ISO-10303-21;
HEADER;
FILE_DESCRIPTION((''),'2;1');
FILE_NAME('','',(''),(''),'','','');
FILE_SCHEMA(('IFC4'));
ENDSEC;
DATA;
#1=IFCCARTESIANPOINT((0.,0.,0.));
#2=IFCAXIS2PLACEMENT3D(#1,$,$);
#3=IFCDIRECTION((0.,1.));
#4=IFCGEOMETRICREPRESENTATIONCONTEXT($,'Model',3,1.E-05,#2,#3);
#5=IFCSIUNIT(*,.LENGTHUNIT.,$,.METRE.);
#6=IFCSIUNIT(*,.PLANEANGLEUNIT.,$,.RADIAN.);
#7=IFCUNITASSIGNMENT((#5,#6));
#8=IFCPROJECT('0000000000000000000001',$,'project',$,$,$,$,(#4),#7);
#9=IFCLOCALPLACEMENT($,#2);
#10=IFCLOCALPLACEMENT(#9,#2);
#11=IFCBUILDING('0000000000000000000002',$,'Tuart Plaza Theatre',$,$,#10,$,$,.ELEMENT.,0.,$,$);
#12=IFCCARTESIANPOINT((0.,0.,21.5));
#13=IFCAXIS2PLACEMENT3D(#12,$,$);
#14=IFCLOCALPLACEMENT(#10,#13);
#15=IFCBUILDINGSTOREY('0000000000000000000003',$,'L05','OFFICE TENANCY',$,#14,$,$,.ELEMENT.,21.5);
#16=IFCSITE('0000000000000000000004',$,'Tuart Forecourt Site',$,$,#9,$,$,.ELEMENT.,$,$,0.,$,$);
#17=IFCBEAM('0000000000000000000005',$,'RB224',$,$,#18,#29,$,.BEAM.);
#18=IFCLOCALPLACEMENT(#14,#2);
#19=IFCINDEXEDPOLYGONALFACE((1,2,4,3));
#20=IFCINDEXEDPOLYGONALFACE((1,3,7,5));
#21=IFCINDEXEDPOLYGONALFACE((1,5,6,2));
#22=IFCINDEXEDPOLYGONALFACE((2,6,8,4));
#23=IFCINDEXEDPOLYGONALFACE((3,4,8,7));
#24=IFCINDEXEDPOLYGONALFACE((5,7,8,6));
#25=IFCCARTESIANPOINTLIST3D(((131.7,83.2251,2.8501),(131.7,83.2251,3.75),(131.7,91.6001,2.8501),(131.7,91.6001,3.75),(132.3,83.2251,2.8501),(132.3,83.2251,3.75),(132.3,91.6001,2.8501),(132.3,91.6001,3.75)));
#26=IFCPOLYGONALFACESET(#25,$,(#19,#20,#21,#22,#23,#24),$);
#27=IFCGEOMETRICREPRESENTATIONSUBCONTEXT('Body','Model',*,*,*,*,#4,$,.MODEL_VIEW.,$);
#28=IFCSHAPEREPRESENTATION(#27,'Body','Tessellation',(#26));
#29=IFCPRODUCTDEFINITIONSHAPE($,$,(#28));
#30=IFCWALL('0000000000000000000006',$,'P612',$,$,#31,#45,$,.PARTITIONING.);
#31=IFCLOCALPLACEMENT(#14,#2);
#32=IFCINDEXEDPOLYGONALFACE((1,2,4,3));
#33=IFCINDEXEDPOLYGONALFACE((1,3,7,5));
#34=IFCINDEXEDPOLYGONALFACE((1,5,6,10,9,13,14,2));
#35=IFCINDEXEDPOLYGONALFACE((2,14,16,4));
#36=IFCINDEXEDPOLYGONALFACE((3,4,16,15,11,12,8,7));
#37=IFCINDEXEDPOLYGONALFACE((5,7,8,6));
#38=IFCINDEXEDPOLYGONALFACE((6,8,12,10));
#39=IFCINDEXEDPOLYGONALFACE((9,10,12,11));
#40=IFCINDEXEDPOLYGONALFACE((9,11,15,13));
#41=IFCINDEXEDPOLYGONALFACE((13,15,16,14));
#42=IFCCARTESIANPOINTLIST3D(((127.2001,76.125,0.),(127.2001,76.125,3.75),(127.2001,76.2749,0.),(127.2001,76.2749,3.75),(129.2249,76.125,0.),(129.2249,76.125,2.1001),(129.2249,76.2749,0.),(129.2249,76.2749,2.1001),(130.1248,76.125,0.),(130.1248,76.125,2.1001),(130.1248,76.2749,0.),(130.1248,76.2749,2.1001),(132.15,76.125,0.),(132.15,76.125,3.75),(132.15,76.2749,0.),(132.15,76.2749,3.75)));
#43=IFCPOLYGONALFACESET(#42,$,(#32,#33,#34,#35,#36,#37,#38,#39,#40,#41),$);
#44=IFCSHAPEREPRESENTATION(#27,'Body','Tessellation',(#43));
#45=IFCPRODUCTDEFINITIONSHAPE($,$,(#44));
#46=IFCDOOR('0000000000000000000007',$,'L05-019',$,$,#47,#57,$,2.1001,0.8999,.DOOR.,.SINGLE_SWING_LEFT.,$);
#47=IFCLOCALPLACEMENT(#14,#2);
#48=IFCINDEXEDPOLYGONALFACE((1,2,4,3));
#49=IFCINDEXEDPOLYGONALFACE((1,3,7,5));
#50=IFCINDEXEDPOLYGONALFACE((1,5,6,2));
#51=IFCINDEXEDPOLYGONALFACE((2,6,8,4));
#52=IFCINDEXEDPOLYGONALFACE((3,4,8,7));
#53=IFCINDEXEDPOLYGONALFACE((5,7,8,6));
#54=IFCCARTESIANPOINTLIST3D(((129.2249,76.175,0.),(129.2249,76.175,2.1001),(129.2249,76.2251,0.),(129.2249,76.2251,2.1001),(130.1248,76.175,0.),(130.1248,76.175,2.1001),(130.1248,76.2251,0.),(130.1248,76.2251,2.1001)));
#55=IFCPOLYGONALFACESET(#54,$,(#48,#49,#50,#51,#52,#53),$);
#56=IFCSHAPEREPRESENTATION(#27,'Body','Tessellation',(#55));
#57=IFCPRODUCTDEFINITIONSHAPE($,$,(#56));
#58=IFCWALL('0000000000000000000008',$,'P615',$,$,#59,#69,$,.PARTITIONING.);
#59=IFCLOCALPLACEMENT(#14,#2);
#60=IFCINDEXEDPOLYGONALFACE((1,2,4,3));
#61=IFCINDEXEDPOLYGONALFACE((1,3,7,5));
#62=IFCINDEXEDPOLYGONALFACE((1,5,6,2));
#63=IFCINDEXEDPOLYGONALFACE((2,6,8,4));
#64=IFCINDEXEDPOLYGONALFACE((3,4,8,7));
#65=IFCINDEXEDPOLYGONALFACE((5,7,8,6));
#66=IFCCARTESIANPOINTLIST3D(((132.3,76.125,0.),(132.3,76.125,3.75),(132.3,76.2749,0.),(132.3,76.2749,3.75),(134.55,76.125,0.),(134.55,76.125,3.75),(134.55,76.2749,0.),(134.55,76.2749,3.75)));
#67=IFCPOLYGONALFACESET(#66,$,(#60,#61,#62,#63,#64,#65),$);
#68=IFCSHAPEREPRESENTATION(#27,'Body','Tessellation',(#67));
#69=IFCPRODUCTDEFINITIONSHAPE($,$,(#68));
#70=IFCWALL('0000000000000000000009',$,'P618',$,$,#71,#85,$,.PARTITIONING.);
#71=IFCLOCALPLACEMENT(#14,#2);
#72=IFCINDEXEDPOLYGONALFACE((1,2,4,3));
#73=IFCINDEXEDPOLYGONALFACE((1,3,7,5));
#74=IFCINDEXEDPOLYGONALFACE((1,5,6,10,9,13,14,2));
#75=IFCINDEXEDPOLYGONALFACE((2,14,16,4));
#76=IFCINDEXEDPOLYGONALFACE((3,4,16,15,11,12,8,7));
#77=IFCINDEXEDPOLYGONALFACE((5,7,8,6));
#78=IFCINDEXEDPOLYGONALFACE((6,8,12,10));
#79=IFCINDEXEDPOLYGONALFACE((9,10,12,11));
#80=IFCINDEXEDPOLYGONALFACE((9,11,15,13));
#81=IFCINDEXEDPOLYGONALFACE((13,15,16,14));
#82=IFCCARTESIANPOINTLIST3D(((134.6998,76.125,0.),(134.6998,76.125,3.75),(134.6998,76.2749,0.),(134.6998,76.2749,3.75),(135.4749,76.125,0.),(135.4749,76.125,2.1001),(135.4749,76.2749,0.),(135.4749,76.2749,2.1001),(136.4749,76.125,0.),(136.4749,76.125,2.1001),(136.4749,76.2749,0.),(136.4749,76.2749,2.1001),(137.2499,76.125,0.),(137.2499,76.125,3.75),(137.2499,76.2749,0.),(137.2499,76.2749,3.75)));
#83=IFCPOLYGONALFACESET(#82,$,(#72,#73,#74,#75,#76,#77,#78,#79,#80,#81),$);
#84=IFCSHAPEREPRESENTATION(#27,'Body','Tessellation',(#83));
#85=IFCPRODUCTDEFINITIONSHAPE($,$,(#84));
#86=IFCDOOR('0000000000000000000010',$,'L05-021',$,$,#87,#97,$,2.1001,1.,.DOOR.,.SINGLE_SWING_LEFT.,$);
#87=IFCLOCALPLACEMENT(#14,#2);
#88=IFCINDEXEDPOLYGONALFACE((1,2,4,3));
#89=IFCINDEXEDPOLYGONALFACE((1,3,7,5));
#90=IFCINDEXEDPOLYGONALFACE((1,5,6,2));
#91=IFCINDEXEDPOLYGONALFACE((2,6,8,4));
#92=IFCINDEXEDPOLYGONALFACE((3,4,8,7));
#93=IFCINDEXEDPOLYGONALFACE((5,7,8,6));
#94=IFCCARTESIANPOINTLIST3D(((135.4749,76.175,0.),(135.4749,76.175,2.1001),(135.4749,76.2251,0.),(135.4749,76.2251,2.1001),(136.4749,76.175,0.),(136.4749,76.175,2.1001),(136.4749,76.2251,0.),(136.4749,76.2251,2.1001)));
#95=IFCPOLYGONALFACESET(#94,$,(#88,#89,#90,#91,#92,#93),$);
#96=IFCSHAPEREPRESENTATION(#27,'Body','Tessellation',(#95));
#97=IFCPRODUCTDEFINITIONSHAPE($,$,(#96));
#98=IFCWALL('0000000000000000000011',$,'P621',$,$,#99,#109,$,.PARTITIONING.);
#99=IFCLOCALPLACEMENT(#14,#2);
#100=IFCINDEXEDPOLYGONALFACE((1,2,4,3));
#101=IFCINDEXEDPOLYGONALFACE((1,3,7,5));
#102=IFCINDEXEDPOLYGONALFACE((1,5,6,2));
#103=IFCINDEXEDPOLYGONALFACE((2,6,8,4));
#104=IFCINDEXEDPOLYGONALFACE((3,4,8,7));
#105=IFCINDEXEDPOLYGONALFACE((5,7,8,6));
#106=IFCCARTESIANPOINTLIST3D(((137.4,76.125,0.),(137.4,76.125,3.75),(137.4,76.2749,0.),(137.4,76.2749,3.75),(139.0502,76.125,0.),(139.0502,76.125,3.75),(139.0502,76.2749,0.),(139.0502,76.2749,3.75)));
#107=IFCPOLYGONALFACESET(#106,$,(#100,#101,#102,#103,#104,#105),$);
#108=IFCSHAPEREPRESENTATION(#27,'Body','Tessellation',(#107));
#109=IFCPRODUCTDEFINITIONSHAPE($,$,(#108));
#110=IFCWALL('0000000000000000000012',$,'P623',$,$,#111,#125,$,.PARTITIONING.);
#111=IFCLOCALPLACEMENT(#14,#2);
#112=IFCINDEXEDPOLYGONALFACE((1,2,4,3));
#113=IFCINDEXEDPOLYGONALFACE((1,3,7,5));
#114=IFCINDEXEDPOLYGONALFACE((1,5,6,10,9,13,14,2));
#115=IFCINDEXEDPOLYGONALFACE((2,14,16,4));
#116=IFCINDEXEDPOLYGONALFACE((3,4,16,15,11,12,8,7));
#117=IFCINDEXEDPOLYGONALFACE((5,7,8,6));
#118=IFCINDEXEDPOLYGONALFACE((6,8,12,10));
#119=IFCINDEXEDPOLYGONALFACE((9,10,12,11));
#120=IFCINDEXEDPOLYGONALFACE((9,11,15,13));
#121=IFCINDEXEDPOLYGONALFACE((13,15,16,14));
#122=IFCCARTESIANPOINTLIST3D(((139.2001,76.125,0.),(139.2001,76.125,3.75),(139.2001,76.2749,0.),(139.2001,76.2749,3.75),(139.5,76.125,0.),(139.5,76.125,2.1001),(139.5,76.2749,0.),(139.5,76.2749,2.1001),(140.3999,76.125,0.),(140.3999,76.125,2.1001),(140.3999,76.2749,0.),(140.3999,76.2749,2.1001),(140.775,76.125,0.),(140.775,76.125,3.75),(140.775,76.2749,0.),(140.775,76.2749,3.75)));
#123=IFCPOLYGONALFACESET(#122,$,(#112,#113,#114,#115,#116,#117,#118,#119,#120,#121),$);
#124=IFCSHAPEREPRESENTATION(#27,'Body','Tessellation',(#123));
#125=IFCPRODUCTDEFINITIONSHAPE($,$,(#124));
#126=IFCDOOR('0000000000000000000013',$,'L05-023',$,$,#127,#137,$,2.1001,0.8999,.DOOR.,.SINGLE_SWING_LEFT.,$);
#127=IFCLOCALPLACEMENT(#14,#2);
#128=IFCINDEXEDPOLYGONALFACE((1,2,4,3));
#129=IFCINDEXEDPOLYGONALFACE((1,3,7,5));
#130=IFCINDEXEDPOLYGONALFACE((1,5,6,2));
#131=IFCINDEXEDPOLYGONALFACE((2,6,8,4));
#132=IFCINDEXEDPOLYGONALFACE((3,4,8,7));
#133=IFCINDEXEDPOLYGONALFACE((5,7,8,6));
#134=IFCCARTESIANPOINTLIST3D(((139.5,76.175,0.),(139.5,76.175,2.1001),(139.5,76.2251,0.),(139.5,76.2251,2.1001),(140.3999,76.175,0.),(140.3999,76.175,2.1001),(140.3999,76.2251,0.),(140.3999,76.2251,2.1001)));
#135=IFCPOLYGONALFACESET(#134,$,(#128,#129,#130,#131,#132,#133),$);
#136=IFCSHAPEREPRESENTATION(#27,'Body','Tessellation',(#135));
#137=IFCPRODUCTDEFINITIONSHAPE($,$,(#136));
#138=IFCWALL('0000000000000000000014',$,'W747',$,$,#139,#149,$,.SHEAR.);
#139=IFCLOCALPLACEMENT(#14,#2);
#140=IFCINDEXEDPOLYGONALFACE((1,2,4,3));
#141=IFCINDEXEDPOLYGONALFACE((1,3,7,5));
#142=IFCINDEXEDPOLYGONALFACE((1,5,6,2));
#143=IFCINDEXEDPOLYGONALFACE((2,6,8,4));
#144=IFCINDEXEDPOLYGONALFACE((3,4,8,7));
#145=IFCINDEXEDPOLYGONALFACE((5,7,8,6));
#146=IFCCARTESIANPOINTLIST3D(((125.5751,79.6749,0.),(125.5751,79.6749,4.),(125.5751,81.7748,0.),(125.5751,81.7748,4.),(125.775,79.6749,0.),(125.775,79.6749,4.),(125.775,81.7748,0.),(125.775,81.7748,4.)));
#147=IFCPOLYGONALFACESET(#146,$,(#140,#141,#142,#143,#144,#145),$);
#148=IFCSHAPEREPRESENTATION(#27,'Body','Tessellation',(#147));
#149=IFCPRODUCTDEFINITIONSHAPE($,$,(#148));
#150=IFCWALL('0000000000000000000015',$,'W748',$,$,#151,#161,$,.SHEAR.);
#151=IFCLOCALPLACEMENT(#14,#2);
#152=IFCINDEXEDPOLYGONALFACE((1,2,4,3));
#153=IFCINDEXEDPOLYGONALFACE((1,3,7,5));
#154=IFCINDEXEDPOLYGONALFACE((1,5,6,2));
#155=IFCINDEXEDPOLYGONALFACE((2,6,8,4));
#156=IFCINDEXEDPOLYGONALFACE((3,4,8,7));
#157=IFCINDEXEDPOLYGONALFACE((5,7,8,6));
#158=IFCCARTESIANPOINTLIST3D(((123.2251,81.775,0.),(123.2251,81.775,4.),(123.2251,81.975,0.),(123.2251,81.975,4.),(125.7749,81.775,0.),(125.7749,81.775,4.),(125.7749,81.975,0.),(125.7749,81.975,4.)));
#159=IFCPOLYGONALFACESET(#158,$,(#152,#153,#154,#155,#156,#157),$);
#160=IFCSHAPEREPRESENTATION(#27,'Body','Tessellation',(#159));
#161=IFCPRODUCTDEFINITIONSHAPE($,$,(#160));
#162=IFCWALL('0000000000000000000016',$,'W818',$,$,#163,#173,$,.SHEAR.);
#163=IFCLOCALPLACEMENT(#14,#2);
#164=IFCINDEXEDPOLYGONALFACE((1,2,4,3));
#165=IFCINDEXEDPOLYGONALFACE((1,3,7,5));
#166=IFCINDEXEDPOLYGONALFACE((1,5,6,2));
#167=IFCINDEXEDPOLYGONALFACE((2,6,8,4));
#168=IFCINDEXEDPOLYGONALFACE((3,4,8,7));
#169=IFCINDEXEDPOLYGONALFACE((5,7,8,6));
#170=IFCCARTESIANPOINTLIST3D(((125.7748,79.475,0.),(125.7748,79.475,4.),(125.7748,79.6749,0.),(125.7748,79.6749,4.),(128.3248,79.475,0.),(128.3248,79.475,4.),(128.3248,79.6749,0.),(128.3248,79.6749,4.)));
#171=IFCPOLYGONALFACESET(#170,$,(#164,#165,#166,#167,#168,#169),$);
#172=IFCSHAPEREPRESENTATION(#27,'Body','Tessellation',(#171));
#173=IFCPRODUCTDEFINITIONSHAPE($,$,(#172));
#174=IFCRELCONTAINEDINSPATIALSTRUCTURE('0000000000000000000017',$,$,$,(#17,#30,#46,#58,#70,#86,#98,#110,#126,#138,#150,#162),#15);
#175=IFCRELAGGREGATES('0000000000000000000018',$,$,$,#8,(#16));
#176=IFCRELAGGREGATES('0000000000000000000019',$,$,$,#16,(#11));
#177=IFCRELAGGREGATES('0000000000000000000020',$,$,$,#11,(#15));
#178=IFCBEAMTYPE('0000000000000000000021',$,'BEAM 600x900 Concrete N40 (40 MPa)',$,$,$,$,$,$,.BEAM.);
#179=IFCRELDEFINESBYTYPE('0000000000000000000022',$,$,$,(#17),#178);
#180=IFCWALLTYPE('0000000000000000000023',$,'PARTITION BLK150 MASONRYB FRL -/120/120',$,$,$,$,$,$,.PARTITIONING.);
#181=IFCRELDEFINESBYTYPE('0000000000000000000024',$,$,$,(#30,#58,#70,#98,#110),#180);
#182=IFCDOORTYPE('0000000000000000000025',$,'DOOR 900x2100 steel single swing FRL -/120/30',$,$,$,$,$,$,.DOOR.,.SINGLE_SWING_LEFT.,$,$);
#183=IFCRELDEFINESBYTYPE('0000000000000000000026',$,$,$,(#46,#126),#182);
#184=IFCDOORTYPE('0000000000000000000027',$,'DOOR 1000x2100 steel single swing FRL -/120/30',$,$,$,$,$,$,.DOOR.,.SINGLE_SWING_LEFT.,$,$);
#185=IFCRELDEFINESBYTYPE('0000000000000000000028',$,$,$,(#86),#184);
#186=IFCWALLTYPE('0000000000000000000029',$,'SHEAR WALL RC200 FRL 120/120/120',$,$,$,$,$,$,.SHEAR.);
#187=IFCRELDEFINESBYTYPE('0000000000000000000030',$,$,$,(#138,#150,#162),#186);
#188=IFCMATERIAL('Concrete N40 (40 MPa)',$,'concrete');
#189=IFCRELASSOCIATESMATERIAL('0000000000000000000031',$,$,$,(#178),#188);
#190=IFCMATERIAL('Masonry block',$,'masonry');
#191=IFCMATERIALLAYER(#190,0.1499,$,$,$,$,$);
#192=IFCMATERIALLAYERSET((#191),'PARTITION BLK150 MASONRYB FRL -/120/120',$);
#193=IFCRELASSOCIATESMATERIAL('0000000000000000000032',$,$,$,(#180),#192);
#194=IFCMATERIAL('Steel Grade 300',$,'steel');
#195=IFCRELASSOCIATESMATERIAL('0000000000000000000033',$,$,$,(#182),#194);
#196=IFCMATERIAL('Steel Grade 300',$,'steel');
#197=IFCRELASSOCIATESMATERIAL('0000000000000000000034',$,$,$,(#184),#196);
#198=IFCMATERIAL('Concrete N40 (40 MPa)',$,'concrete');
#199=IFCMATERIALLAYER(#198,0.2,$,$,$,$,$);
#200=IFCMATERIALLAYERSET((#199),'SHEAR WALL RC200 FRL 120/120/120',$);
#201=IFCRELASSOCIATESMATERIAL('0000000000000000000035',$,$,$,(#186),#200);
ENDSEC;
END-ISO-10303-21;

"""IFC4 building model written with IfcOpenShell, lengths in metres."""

from ifc_helpers import new_model, si_unit, direction, frame, frame_2d, origin, origin_2d, place, context, subcontext, project, spatial, rectangle, extrude, material, layer, layer_set, material_profile, profile_set, type_object, element, fill, save


model = new_model("IFC4")

# Units and contexts
model_context = context("Model", 3, precision=1e-05, world=origin(), true_north=direction((0.0, 1.0)))
body_context = subcontext(model_context, "Body", "Model", "MODEL_VIEW")
ifc_project = project(units=[si_unit("LENGTHUNIT", "METRE"), si_unit("PLANEANGLEUNIT", "RADIAN")], contexts=[model_context])

# Site, building, storey
site_placement = place(None, origin())
site = spatial("IfcSite", under=ifc_project, at=site_placement, Name="Tuart Forecourt Site", CompositionType="ELEMENT", RefElevation=0.0)
building_placement = place(site_placement, origin())
building = spatial("IfcBuilding", under=site, at=building_placement, Name="Tuart Plaza Theatre", CompositionType="ELEMENT", ElevationOfRefHeight=0.0)
storey_placement = place(building_placement, frame((0.0, 0.0, 21.5)))
storey = spatial("IfcBuildingStorey", under=building, at=storey_placement, Name="L05", Description="OFFICE TENANCY", CompositionType="ELEMENT", Elevation=21.5)

# Beam
ifc_material_1 = material(Name="Concrete N40 (40 MPa)", Category="concrete")
ifc_material_profile = material_profile(ifc_material_1, rectangle(XDim=0.6001, YDim=0.8999, at=origin_2d()), Name="BEAM 600x900 Concrete N40 (40 MPa)")
ifc_profile_set = profile_set([ifc_material_profile], Name="Concrete N40 (40 MPa)")
beam_type = type_object("IfcBeamType", Name="BEAM 600x900 Concrete N40 (40 MPa)", PredefinedType="BEAM", material=ifc_profile_set)
beam_placement = place(storey_placement, frame((132.0, 83.2251, 3.3), z_axis=(0.0, 1.0, 0.0), x_axis=(-1.0, 0.0, 0.0)))
element("IfcBeam", 1, at=beam_placement, inside=storey, type_object=beam_type, Name="RB224", PredefinedType="BEAM", context=body_context, shape_type="SweptSolid", body=[
    extrude(rectangle(XDim=0.6001, YDim=0.8999, at=origin_2d()), origin(), (0.0, 0.0, 1.0), 8.375),
])

# Wall, opening, door
ifc_material_2 = material(Name="Masonry block", Category="masonry")
ifc_layer_1 = layer(ifc_material_2, 0.1499)
ifc_layer_set_1 = layer_set([ifc_layer_1], Name="PARTITION BLK150 MASONRYB FRL -/120/120")
wall_type_1 = type_object("IfcWallType", Name="PARTITION BLK150 MASONRYB FRL -/120/120", PredefinedType="PARTITIONING", material=ifc_layer_set_1)
wall_1_placement = place(storey_placement, frame((127.2, 76.2, 0.0), z_axis=(0.0, 0.0, 1.0), x_axis=(1.0, 0.0, 0.0)))
wall_1 = element("IfcWall", 2, at=wall_1_placement, inside=storey, type_object=wall_type_1, Name="P612", PredefinedType="PARTITIONING", context=body_context, shape_type="SweptSolid", body=[
    extrude(rectangle(XDim=4.95, YDim=0.1499, at=frame_2d((2.4751, 0.0))), origin(), (0.0, 0.0, 1.0), 3.75),
])
opening_1_placement = place(wall_1_placement, frame((2.0249, 0.0, 0.0)))
opening_1 = element("IfcOpeningElement", 3, at=opening_1_placement, cuts=wall_1, PredefinedType="OPENING", context=body_context, shape_type="SweptSolid", body=[
    extrude(rectangle(XDim=0.8999, YDim=2.1001, at=frame_2d((0.45, 1.05))), frame((0.0, 0.085, 0.0), z_axis=(0.0, -1.0, 0.0), x_axis=(1.0, 0.0, 0.0)), (0.0, 0.0, 1.0), 0.1699),
])
ifc_material_3 = material(Name="Steel Grade 300", Category="steel")
door_type_1 = type_object("IfcDoorType", Name="DOOR 900x2100 steel single swing FRL -/120/30", OperationType="SINGLE_SWING_LEFT", PredefinedType="DOOR", material=ifc_material_3)
door_1_placement = place(opening_1_placement, frame((0.8999, 0.0, 0.0), z_axis=(0.0, 0.0, 1.0), x_axis=(-1.0, 0.0, 0.0)))
door_1 = element("IfcDoor", 4, at=door_1_placement, inside=storey, type_object=door_type_1, Name="L05-019", OperationType="SINGLE_SWING_LEFT", OverallHeight=2.1001, OverallWidth=0.8999, PredefinedType="DOOR", context=body_context, shape_type="SweptSolid", body=[
    extrude(rectangle(XDim=0.8999, YDim=2.1001, at=frame_2d((0.45, 1.05))), frame((0.0, 0.0249, 0.0), z_axis=(0.0, -1.0, 0.0), x_axis=(1.0, 0.0, 0.0)), (0.0, 0.0, 1.0), 0.05),
])
fill(opening_1, door_1)

# Wall
wall_2_placement = place(storey_placement, frame((132.3, 76.2, 0.0), z_axis=(0.0, 0.0, 1.0), x_axis=(1.0, 0.0, 0.0)))
element("IfcWall", 5, at=wall_2_placement, inside=storey, type_object=wall_type_1, Name="P615", PredefinedType="PARTITIONING", context=body_context, shape_type="SweptSolid", body=[
    extrude(rectangle(XDim=2.25, YDim=0.1499, at=frame_2d((1.125, 0.0))), origin(), (0.0, 0.0, 1.0), 3.75),
])

# Wall, opening, door
wall_3_placement = place(storey_placement, frame((134.7, 76.2, 0.0), z_axis=(0.0, 0.0, 1.0), x_axis=(1.0, 0.0, 0.0)))
wall_3 = element("IfcWall", 6, at=wall_3_placement, inside=storey, type_object=wall_type_1, Name="P618", PredefinedType="PARTITIONING", context=body_context, shape_type="SweptSolid", body=[
    extrude(rectangle(XDim=2.55, YDim=0.1499, at=frame_2d((1.2749, 0.0))), origin(), (0.0, 0.0, 1.0), 3.75),
])
opening_2_placement = place(wall_3_placement, frame((0.7749, 0.0, 0.0)))
opening_2 = element("IfcOpeningElement", 7, at=opening_2_placement, cuts=wall_3, PredefinedType="OPENING", context=body_context, shape_type="SweptSolid", body=[
    extrude(rectangle(XDim=1.0, YDim=2.1001, at=frame_2d((0.5, 1.05))), frame((0.0, 0.085, 0.0), z_axis=(0.0, -1.0, 0.0), x_axis=(1.0, 0.0, 0.0)), (0.0, 0.0, 1.0), 0.1699),
])
ifc_material_4 = material(Name="Steel Grade 300", Category="steel")
door_type_2 = type_object("IfcDoorType", Name="DOOR 1000x2100 steel single swing FRL -/120/30", OperationType="SINGLE_SWING_LEFT", PredefinedType="DOOR", material=ifc_material_4)
door_2_placement = place(opening_2_placement, frame((1.0, 0.0, 0.0), z_axis=(0.0, 0.0, 1.0), x_axis=(-1.0, 0.0, 0.0)))
door_2 = element("IfcDoor", 8, at=door_2_placement, inside=storey, type_object=door_type_2, Name="L05-021", OperationType="SINGLE_SWING_LEFT", OverallHeight=2.1001, OverallWidth=1.0, PredefinedType="DOOR", context=body_context, shape_type="SweptSolid", body=[
    extrude(rectangle(XDim=1.0, YDim=2.1001, at=frame_2d((0.5, 1.05))), frame((0.0, 0.0249, 0.0), z_axis=(0.0, -1.0, 0.0), x_axis=(1.0, 0.0, 0.0)), (0.0, 0.0, 1.0), 0.05),
])
fill(opening_2, door_2)

# Wall
wall_4_placement = place(storey_placement, frame((137.3999, 76.2, 0.0), z_axis=(0.0, 0.0, 1.0), x_axis=(1.0, 0.0, 0.0)))
element("IfcWall", 9, at=wall_4_placement, inside=storey, type_object=wall_type_1, Name="P621", PredefinedType="PARTITIONING", context=body_context, shape_type="SweptSolid", body=[
    extrude(rectangle(XDim=1.6501, YDim=0.1499, at=frame_2d((0.8252, 0.0))), origin(), (0.0, 0.0, 1.0), 3.75),
])

# Wall, opening, door
wall_5_placement = place(storey_placement, frame((139.2, 76.2, 0.0), z_axis=(0.0, 0.0, 1.0), x_axis=(1.0, 0.0, 0.0)))
wall_5 = element("IfcWall", 10, at=wall_5_placement, inside=storey, type_object=wall_type_1, Name="P623", PredefinedType="PARTITIONING", context=body_context, shape_type="SweptSolid", body=[
    extrude(rectangle(XDim=1.575, YDim=0.1499, at=frame_2d((0.7876, 0.0))), origin(), (0.0, 0.0, 1.0), 3.75),
])
opening_3_placement = place(wall_5_placement, frame((0.3, 0.0, 0.0)))
opening_3 = element("IfcOpeningElement", 11, at=opening_3_placement, cuts=wall_5, PredefinedType="OPENING", context=body_context, shape_type="SweptSolid", body=[
    extrude(rectangle(XDim=0.8999, YDim=2.1001, at=frame_2d((0.45, 1.05))), frame((0.0, 0.085, 0.0), z_axis=(0.0, -1.0, 0.0), x_axis=(1.0, 0.0, 0.0)), (0.0, 0.0, 1.0), 0.1699),
])
door_3_placement = place(opening_3_placement, frame((0.8999, 0.0, 0.0), z_axis=(0.0, 0.0, 1.0), x_axis=(-1.0, 0.0, 0.0)))
door_3 = element("IfcDoor", 12, at=door_3_placement, inside=storey, type_object=door_type_1, Name="L05-023", OperationType="SINGLE_SWING_LEFT", OverallHeight=2.1001, OverallWidth=0.8999, PredefinedType="DOOR", context=body_context, shape_type="SweptSolid", body=[
    extrude(rectangle(XDim=0.8999, YDim=2.1001, at=frame_2d((0.45, 1.05))), frame((0.0, 0.0249, 0.0), z_axis=(0.0, -1.0, 0.0), x_axis=(1.0, 0.0, 0.0)), (0.0, 0.0, 1.0), 0.05),
])
fill(opening_3, door_3)

# Walls
ifc_material_5 = material(Name="Concrete N40 (40 MPa)", Category="concrete")
ifc_layer_2 = layer(ifc_material_5, 0.2)
ifc_layer_set_2 = layer_set([ifc_layer_2], Name="SHEAR WALL RC200 FRL 120/120/120")
wall_type_2 = type_object("IfcWallType", Name="SHEAR WALL RC200 FRL 120/120/120", PredefinedType="SHEAR", material=ifc_layer_set_2)
wall_6_placement = place(storey_placement, frame((125.675, 79.675, 0.0), z_axis=(0.0, 0.0, 1.0), x_axis=(0.0, 1.0, 0.0)))
element("IfcWall", 13, at=wall_6_placement, inside=storey, type_object=wall_type_2, Name="W747", PredefinedType="SHEAR", context=body_context, shape_type="SweptSolid", body=[
    extrude(rectangle(XDim=2.0999, YDim=0.2, at=frame_2d((1.0498, 0.0))), origin(), (0.0, 0.0, 1.0), 4.0),
])
wall_7_placement = place(storey_placement, frame((125.7749, 81.875, 0.0), z_axis=(0.0, 0.0, 1.0), x_axis=(-1.0, 0.0, 0.0)))
element("IfcWall", 14, at=wall_7_placement, inside=storey, type_object=wall_type_2, Name="W748", PredefinedType="SHEAR", context=body_context, shape_type="SweptSolid", body=[
    extrude(rectangle(XDim=2.5498, YDim=0.2, at=frame_2d((1.2749, 0.0))), origin(), (0.0, 0.0, 1.0), 4.0),
])
wall_8_placement = place(storey_placement, frame((125.7749, 79.575, 0.0), z_axis=(0.0, 0.0, 1.0), x_axis=(1.0, 0.0, 0.0)))
element("IfcWall", 15, at=wall_8_placement, inside=storey, type_object=wall_type_2, Name="W818", PredefinedType="SHEAR", context=body_context, shape_type="SweptSolid", body=[
    extrude(rectangle(XDim=2.55, YDim=0.2, at=frame_2d((1.2749, 0.0))), origin(), (0.0, 0.0, 1.0), 4.0),
])

save(model, "model.ifc")
